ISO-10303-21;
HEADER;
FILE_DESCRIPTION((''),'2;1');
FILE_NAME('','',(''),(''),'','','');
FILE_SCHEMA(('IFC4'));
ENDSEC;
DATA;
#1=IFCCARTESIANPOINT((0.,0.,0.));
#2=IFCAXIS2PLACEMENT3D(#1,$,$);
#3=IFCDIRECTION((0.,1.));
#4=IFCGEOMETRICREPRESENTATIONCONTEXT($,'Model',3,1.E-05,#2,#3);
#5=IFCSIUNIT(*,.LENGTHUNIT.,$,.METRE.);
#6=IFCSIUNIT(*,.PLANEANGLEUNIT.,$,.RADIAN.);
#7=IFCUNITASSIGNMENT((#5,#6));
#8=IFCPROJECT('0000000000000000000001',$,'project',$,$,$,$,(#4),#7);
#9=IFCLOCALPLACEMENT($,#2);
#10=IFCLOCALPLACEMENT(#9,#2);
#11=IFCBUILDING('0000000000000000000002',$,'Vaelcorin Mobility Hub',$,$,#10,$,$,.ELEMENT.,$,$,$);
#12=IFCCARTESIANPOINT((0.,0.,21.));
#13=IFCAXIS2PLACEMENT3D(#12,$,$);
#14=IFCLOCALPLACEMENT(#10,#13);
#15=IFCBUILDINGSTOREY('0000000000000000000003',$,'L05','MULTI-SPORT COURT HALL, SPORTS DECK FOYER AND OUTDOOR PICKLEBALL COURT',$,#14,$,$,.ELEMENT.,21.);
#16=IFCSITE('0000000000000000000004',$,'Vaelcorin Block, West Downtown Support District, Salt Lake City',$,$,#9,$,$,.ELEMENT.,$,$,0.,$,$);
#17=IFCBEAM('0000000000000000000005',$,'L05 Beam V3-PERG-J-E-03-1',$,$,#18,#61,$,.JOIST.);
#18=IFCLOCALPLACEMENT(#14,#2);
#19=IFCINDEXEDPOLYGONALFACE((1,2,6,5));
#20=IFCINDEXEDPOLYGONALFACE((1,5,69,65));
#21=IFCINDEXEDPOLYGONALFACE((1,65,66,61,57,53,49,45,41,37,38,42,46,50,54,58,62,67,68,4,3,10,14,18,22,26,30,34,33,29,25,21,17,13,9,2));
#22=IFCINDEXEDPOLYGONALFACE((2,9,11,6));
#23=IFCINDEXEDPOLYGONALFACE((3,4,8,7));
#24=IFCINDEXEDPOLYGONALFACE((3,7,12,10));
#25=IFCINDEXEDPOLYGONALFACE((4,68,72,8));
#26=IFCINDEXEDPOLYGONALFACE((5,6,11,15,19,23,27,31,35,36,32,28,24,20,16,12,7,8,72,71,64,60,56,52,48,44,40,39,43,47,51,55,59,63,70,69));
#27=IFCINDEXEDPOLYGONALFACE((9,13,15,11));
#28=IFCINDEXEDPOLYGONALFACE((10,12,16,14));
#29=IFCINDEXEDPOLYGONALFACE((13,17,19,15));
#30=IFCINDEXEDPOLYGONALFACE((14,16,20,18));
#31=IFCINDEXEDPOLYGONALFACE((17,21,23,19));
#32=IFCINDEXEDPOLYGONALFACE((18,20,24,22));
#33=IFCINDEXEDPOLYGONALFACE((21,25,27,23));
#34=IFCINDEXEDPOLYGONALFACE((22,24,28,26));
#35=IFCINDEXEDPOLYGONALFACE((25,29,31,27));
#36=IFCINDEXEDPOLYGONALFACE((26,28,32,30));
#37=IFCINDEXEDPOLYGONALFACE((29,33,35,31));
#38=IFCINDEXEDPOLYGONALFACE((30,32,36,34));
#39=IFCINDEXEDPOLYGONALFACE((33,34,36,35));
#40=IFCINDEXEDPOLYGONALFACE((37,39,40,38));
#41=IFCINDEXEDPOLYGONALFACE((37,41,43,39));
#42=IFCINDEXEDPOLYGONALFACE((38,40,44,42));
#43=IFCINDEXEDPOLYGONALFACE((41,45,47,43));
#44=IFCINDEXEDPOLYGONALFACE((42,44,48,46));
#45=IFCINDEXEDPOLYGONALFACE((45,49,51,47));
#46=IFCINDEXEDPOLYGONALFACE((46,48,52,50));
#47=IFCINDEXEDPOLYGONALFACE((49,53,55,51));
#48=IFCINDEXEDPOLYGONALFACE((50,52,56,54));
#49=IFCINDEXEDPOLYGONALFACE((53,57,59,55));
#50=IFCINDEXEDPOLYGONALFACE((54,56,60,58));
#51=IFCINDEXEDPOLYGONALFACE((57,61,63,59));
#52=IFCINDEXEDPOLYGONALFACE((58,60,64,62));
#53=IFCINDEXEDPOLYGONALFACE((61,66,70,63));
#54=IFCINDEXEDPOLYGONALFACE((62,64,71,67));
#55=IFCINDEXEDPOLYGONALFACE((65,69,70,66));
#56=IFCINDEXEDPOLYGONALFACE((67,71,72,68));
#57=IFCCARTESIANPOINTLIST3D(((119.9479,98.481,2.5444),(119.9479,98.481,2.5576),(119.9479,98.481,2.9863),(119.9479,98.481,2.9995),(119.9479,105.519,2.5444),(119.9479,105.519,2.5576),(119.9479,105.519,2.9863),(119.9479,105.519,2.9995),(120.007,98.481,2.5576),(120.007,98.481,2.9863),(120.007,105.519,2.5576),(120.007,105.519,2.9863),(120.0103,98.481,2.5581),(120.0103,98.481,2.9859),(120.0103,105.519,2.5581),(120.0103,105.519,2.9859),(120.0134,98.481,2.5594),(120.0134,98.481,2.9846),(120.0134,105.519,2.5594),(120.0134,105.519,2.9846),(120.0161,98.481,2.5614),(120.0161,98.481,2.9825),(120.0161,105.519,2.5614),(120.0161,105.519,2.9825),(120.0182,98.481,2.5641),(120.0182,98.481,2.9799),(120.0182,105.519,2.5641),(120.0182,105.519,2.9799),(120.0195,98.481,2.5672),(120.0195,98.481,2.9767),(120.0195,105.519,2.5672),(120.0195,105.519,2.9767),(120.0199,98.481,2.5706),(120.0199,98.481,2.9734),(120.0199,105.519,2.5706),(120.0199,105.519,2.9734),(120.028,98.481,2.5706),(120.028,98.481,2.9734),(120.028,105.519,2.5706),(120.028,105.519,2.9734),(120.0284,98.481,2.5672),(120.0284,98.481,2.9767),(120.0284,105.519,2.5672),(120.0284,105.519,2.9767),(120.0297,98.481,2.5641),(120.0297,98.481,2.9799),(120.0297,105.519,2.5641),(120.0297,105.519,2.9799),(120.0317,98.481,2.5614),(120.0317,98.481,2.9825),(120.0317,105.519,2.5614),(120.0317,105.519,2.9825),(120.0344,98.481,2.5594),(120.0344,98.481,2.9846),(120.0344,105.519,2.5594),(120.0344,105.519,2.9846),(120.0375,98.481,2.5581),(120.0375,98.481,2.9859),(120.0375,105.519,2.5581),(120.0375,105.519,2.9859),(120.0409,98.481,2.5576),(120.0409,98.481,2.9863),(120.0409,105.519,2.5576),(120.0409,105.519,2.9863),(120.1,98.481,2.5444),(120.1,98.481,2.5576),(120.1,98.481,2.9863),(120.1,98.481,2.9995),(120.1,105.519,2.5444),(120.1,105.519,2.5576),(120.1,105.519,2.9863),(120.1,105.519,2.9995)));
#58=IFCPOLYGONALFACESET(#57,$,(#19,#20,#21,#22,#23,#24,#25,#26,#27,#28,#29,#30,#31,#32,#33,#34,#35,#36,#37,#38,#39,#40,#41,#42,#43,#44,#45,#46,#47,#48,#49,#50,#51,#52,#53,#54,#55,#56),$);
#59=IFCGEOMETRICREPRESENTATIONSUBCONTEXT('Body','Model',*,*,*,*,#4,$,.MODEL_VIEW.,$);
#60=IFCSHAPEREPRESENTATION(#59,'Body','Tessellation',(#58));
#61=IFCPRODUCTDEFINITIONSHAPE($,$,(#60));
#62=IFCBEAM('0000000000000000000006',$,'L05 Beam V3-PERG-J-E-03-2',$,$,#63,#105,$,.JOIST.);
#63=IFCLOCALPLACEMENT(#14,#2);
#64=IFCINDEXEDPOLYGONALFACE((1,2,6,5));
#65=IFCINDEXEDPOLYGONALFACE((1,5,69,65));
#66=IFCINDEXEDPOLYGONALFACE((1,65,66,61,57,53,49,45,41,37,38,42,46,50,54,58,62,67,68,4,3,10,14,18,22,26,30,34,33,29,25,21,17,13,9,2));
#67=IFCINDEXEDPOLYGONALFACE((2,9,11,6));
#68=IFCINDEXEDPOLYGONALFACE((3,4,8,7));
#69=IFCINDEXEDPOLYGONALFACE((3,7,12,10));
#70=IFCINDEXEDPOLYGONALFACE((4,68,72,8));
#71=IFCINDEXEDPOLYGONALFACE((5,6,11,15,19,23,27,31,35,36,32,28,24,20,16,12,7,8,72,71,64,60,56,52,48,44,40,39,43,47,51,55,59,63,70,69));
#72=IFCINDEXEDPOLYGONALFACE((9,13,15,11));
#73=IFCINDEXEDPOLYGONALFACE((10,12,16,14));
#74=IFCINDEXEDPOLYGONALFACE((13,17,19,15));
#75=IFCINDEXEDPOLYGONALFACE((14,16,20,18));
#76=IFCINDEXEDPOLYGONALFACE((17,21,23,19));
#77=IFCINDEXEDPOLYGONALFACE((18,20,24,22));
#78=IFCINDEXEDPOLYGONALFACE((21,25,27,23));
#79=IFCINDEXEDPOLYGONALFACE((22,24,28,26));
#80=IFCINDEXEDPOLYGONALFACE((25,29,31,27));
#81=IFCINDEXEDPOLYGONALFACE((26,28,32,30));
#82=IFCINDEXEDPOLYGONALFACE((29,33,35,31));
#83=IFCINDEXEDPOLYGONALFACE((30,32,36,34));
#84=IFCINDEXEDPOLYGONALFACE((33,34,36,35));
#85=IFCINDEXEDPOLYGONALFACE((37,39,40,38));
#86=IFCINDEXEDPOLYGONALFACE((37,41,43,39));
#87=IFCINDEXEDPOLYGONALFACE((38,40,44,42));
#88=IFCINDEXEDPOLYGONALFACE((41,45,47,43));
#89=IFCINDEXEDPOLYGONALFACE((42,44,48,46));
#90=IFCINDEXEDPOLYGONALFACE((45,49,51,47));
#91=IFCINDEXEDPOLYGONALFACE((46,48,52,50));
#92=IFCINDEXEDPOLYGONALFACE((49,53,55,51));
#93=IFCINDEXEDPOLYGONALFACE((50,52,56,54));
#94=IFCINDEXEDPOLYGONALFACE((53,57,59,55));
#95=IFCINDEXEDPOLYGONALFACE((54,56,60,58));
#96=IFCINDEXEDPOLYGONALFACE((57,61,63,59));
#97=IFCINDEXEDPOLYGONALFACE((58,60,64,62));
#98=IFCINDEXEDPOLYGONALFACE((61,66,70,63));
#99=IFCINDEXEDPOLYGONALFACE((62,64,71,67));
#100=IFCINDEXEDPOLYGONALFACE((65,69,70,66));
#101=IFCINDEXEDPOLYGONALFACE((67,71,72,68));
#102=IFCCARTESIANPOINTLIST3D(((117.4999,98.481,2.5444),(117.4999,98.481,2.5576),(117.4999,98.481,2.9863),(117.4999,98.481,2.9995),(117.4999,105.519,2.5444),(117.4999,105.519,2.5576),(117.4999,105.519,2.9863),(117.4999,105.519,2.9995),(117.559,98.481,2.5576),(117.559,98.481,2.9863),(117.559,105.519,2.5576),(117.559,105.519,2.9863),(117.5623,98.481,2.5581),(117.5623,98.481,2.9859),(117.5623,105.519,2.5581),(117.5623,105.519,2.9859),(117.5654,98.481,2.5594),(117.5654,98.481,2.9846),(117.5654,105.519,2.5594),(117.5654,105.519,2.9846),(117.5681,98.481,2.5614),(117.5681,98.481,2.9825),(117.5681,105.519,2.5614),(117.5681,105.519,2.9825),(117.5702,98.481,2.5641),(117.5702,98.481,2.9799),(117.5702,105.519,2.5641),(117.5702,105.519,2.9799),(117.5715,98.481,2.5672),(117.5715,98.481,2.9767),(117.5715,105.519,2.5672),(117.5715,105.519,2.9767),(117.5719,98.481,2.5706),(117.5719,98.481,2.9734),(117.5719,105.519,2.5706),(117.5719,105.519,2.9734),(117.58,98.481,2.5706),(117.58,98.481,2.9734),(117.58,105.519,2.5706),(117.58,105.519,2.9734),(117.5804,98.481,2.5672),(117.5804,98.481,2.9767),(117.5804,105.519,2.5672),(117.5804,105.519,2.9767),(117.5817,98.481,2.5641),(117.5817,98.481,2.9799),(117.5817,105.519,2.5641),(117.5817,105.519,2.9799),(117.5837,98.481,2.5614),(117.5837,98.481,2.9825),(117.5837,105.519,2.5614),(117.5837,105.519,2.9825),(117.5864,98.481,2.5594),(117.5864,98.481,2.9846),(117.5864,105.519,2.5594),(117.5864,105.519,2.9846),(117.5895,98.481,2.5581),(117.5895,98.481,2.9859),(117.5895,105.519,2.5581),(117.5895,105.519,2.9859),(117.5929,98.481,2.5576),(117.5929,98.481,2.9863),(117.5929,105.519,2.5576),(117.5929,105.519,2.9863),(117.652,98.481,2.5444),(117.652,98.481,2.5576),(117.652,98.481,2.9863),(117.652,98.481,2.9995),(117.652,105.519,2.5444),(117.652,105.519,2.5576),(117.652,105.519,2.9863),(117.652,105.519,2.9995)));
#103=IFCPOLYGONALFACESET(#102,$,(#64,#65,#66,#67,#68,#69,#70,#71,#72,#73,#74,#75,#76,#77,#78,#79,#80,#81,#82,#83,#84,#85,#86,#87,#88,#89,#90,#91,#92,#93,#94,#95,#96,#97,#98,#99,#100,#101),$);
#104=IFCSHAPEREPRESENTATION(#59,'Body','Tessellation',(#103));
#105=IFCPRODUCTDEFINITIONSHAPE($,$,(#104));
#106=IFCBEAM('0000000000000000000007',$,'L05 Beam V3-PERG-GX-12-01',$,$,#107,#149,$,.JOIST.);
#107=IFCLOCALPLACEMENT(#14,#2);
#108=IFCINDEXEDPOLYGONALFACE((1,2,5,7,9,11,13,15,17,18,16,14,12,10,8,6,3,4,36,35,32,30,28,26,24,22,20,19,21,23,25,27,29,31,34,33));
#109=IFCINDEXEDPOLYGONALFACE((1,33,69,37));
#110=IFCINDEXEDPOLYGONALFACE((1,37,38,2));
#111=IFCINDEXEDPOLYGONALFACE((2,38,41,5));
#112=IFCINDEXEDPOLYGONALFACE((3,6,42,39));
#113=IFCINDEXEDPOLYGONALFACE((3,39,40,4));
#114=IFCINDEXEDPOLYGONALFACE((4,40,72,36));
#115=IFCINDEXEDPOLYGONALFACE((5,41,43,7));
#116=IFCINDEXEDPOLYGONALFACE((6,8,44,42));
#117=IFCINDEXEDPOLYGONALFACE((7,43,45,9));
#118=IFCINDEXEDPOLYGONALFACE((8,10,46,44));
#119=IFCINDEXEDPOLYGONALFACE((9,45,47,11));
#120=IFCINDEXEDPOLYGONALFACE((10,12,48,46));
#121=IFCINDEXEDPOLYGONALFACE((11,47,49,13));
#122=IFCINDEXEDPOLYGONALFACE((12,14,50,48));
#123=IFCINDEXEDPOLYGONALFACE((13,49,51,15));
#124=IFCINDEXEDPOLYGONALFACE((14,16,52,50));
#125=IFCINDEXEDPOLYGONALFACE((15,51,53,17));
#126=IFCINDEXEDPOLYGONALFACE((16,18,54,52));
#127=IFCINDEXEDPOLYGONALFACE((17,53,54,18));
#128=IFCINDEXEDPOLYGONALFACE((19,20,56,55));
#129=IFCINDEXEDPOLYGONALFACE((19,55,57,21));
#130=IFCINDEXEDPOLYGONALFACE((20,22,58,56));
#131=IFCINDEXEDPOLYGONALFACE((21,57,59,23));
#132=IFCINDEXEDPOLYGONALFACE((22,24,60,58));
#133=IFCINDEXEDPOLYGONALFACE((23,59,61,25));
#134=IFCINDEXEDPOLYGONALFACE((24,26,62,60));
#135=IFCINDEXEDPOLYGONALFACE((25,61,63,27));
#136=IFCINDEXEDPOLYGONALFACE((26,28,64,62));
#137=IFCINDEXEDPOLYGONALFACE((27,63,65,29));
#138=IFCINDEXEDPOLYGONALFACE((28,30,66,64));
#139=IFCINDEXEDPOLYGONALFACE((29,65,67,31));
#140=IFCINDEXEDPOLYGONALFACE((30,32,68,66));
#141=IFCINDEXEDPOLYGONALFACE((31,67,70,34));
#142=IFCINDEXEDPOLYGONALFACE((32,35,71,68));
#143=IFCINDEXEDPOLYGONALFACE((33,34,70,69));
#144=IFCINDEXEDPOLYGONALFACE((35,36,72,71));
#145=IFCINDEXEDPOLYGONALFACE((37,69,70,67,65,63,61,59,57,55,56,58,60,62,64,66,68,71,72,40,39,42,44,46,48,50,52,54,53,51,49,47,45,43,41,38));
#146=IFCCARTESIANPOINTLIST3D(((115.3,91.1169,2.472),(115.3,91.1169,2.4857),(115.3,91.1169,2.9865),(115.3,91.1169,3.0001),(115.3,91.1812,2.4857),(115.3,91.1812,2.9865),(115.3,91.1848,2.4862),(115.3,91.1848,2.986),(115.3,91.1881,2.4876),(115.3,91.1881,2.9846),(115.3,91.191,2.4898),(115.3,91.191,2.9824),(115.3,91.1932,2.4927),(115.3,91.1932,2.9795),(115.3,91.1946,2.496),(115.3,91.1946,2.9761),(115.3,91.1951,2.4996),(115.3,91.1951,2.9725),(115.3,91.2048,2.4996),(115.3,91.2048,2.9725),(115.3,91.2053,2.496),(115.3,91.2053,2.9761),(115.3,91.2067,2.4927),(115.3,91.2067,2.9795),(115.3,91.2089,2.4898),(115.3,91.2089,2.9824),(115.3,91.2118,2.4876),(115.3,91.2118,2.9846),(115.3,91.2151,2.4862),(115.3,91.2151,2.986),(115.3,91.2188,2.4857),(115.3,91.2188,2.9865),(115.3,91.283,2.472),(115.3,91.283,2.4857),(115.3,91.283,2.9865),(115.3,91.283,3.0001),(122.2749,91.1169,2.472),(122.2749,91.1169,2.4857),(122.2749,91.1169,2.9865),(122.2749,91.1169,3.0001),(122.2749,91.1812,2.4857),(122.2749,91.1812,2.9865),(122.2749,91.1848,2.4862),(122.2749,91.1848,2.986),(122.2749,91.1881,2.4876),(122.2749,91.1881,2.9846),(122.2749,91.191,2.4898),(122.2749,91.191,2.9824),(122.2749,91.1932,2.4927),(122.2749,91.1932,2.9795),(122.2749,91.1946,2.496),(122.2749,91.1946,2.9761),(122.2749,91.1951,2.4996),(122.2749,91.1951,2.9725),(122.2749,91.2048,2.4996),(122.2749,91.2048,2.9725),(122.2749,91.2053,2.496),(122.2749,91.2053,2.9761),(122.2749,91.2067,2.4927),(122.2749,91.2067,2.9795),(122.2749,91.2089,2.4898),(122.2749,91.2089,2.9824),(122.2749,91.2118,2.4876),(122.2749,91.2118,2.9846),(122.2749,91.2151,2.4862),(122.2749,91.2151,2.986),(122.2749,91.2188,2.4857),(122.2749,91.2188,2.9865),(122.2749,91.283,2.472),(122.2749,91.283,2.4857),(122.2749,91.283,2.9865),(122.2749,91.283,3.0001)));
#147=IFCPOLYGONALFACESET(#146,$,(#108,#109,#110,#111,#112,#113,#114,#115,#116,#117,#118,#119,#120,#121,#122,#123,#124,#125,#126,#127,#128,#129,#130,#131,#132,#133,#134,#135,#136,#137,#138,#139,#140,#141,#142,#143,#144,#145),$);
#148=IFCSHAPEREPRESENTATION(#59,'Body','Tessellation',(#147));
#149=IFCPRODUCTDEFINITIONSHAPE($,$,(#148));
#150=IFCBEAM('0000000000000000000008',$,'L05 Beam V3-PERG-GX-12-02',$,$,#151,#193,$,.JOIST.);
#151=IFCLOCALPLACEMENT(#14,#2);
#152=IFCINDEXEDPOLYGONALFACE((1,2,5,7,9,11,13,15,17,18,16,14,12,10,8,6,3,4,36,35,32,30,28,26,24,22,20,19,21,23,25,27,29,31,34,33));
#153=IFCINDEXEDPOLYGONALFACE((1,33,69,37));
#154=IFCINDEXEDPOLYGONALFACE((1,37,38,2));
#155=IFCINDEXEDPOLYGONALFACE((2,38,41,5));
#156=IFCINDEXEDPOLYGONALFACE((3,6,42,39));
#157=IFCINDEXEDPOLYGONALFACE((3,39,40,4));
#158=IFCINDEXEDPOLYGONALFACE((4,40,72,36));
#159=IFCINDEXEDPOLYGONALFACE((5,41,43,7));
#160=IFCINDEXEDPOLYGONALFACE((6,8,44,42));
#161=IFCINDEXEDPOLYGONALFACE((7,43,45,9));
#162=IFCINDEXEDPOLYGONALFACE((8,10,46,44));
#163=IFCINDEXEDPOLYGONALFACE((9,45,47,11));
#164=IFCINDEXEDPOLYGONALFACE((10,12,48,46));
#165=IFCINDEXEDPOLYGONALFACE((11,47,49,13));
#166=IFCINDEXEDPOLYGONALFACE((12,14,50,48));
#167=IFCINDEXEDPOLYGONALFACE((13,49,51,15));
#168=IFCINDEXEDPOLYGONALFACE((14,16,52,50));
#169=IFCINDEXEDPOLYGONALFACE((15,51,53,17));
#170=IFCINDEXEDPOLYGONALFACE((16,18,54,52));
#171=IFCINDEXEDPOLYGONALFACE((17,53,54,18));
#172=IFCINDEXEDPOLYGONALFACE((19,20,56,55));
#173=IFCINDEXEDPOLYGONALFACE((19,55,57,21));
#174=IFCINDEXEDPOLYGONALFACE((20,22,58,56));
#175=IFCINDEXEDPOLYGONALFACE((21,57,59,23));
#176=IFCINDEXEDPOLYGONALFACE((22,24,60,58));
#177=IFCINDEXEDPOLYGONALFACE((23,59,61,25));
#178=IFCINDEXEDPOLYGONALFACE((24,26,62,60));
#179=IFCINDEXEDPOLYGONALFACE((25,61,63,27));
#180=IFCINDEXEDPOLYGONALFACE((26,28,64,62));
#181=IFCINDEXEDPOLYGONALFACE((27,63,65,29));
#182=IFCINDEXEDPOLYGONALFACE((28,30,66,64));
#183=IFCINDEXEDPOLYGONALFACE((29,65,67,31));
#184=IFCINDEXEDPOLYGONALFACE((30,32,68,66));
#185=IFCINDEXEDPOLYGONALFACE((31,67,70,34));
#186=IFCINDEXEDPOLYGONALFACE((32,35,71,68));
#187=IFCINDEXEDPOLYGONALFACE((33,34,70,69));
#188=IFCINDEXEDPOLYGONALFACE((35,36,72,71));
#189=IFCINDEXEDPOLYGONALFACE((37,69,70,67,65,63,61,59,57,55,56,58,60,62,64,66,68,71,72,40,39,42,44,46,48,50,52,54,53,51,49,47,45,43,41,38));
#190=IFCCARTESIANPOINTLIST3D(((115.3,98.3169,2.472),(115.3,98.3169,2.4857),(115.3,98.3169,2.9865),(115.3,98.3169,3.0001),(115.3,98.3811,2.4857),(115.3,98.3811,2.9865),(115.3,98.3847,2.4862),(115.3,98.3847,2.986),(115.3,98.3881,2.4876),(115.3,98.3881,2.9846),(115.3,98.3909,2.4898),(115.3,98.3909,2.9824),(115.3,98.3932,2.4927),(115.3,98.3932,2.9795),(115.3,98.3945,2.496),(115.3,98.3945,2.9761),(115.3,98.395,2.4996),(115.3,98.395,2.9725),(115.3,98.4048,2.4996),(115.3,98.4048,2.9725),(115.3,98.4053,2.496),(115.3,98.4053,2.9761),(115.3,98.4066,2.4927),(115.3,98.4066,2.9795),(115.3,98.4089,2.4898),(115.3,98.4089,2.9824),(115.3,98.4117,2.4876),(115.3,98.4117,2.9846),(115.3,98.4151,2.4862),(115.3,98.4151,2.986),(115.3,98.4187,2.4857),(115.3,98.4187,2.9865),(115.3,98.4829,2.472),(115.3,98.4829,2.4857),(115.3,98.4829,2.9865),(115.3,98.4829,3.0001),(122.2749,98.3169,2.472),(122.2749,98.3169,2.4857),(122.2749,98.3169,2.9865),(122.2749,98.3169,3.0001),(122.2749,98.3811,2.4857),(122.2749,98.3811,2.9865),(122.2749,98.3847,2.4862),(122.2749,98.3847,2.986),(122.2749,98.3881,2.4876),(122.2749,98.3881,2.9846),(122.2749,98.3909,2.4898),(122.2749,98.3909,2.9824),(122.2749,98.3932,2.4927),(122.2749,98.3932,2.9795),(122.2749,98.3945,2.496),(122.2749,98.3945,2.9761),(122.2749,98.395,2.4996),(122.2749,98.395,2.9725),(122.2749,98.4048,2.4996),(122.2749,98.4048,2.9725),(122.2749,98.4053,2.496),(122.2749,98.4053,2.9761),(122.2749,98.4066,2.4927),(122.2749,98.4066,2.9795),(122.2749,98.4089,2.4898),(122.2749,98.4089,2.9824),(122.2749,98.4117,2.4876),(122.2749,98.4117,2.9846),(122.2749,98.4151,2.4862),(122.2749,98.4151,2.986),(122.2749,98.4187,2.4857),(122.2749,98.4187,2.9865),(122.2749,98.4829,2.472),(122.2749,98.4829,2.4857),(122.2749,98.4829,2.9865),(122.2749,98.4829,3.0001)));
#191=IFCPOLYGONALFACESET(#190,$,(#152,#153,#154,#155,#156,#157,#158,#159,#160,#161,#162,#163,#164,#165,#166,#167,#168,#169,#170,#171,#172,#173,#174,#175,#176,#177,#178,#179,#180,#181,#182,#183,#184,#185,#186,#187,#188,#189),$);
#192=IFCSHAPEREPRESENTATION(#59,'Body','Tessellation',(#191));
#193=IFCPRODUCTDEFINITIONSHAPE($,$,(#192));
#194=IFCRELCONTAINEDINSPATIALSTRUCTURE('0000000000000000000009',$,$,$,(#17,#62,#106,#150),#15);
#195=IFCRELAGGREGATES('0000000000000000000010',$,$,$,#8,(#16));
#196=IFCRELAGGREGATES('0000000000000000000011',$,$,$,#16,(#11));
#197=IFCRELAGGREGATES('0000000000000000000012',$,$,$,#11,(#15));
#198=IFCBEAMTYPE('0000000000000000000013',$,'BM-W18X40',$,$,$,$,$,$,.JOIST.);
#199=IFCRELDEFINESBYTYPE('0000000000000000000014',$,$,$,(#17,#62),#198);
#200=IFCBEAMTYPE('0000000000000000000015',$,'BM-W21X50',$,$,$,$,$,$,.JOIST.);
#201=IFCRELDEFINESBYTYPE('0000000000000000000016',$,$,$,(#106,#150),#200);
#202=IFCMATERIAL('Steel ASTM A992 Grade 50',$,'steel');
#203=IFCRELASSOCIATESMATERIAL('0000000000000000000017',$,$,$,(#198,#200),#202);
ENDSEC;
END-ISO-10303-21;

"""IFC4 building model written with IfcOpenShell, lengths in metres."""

from ifc_helpers import new_model, si_unit, direction, frame, origin, origin_2d, place, context, subcontext, project, spatial, i_section, extrude, material, material_profile, profile_set, type_object, element, save


model = new_model("IFC4")

# Units and contexts
model_context = context("Model", 3, precision=1e-05, world=origin(), true_north=direction((0.0, 1.0)))
body_context = subcontext(model_context, "Body", "Model", "MODEL_VIEW")
ifc_project = project(units=[si_unit("LENGTHUNIT", "METRE"), si_unit("PLANEANGLEUNIT", "RADIAN")], contexts=[model_context])

# Site, building, storey
site_placement = place(None, origin())
site = spatial("IfcSite", under=ifc_project, at=site_placement, Name="Vaelcorin Block, West Downtown Support District, Salt Lake City", CompositionType="ELEMENT", RefElevation=0.0)
building_placement = place(site_placement, origin())
building = spatial("IfcBuilding", under=site, at=building_placement, Name="Vaelcorin Mobility Hub", CompositionType="ELEMENT")
storey_placement = place(building_placement, frame((0.0, 0.0, 21.0)))
storey = spatial("IfcBuildingStorey", under=building, at=storey_placement, Name="L05", Description="MULTI-SPORT COURT HALL, SPORTS DECK FOYER AND OUTDOOR PICKLEBALL COURT", CompositionType="ELEMENT", Elevation=21.0)

# Shared definitions
ifc_material_1 = material(Name="Steel ASTM A992 Grade 50", Category="steel")

# Beams
ifc_material_profile_1 = material_profile(ifc_material_1, i_section(OverallWidth=0.1521, OverallDepth=0.4551, WebThickness=0.0081, FlangeThickness=0.0132, FilletRadius=0.0129, at=origin_2d()), Name="W18X40")
ifc_profile_set_1 = profile_set([ifc_material_profile_1], Name="Steel ASTM A992 Grade 50")
beam_type_1 = type_object("IfcBeamType", Name="BM-W18X40", PredefinedType="JOIST", material=ifc_profile_set_1)
for number, where, z_axis, x_axis, name in (
    (1, (120.0239, 98.481, 2.772), (0.0, 1.0, 0.0), (-1.0, 0.0, 0.0), "L05 Beam V3-PERG-J-E-03-1"),
    (2, (117.5759, 98.481, 2.772), (0.0, 1.0, 0.0), (-1.0, 0.0, 0.0), "L05 Beam V3-PERG-J-E-03-2"),
):
    element("IfcBeam", number, at=place(storey_placement, frame(where, z_axis=z_axis, x_axis=x_axis)), inside=storey, type_object=beam_type_1, Name=name, PredefinedType="JOIST", context=body_context, shape_type="SweptSolid", body=[
        extrude(i_section(OverallWidth=0.1521, OverallDepth=0.4551, WebThickness=0.0081, FlangeThickness=0.0132, FilletRadius=0.0129, at=origin_2d()), origin(), (0.0, 0.0, 1.0), 7.0381),
    ])
ifc_material_profile_2 = material_profile(ifc_material_1, i_section(OverallWidth=0.166, OverallDepth=0.5281, WebThickness=0.0098, FlangeThickness=0.0137, FilletRadius=0.0139, at=origin_2d()), Name="W21X50")
ifc_profile_set_2 = profile_set([ifc_material_profile_2], Name="Steel ASTM A992 Grade 50")
beam_type_2 = type_object("IfcBeamType", Name="BM-W21X50", PredefinedType="JOIST", material=ifc_profile_set_2)
for number, where, z_axis, x_axis, name in (
    (3, (115.3, 91.2, 2.7361), (1.0, 0.0, 0.0), (0.0, 1.0, 0.0), "L05 Beam V3-PERG-GX-12-01"),
    (4, (115.3, 98.3999, 2.7361), (1.0, 0.0, 0.0), (0.0, 1.0, 0.0), "L05 Beam V3-PERG-GX-12-02"),
):
    element("IfcBeam", number, at=place(storey_placement, frame(where, z_axis=z_axis, x_axis=x_axis)), inside=storey, type_object=beam_type_2, Name=name, PredefinedType="JOIST", context=body_context, shape_type="SweptSolid", body=[
        extrude(i_section(OverallWidth=0.166, OverallDepth=0.5281, WebThickness=0.0098, FlangeThickness=0.0137, FilletRadius=0.0139, at=origin_2d()), origin(), (0.0, 0.0, 1.0), 6.9749),
    ])

save(model, "model.ifc")
